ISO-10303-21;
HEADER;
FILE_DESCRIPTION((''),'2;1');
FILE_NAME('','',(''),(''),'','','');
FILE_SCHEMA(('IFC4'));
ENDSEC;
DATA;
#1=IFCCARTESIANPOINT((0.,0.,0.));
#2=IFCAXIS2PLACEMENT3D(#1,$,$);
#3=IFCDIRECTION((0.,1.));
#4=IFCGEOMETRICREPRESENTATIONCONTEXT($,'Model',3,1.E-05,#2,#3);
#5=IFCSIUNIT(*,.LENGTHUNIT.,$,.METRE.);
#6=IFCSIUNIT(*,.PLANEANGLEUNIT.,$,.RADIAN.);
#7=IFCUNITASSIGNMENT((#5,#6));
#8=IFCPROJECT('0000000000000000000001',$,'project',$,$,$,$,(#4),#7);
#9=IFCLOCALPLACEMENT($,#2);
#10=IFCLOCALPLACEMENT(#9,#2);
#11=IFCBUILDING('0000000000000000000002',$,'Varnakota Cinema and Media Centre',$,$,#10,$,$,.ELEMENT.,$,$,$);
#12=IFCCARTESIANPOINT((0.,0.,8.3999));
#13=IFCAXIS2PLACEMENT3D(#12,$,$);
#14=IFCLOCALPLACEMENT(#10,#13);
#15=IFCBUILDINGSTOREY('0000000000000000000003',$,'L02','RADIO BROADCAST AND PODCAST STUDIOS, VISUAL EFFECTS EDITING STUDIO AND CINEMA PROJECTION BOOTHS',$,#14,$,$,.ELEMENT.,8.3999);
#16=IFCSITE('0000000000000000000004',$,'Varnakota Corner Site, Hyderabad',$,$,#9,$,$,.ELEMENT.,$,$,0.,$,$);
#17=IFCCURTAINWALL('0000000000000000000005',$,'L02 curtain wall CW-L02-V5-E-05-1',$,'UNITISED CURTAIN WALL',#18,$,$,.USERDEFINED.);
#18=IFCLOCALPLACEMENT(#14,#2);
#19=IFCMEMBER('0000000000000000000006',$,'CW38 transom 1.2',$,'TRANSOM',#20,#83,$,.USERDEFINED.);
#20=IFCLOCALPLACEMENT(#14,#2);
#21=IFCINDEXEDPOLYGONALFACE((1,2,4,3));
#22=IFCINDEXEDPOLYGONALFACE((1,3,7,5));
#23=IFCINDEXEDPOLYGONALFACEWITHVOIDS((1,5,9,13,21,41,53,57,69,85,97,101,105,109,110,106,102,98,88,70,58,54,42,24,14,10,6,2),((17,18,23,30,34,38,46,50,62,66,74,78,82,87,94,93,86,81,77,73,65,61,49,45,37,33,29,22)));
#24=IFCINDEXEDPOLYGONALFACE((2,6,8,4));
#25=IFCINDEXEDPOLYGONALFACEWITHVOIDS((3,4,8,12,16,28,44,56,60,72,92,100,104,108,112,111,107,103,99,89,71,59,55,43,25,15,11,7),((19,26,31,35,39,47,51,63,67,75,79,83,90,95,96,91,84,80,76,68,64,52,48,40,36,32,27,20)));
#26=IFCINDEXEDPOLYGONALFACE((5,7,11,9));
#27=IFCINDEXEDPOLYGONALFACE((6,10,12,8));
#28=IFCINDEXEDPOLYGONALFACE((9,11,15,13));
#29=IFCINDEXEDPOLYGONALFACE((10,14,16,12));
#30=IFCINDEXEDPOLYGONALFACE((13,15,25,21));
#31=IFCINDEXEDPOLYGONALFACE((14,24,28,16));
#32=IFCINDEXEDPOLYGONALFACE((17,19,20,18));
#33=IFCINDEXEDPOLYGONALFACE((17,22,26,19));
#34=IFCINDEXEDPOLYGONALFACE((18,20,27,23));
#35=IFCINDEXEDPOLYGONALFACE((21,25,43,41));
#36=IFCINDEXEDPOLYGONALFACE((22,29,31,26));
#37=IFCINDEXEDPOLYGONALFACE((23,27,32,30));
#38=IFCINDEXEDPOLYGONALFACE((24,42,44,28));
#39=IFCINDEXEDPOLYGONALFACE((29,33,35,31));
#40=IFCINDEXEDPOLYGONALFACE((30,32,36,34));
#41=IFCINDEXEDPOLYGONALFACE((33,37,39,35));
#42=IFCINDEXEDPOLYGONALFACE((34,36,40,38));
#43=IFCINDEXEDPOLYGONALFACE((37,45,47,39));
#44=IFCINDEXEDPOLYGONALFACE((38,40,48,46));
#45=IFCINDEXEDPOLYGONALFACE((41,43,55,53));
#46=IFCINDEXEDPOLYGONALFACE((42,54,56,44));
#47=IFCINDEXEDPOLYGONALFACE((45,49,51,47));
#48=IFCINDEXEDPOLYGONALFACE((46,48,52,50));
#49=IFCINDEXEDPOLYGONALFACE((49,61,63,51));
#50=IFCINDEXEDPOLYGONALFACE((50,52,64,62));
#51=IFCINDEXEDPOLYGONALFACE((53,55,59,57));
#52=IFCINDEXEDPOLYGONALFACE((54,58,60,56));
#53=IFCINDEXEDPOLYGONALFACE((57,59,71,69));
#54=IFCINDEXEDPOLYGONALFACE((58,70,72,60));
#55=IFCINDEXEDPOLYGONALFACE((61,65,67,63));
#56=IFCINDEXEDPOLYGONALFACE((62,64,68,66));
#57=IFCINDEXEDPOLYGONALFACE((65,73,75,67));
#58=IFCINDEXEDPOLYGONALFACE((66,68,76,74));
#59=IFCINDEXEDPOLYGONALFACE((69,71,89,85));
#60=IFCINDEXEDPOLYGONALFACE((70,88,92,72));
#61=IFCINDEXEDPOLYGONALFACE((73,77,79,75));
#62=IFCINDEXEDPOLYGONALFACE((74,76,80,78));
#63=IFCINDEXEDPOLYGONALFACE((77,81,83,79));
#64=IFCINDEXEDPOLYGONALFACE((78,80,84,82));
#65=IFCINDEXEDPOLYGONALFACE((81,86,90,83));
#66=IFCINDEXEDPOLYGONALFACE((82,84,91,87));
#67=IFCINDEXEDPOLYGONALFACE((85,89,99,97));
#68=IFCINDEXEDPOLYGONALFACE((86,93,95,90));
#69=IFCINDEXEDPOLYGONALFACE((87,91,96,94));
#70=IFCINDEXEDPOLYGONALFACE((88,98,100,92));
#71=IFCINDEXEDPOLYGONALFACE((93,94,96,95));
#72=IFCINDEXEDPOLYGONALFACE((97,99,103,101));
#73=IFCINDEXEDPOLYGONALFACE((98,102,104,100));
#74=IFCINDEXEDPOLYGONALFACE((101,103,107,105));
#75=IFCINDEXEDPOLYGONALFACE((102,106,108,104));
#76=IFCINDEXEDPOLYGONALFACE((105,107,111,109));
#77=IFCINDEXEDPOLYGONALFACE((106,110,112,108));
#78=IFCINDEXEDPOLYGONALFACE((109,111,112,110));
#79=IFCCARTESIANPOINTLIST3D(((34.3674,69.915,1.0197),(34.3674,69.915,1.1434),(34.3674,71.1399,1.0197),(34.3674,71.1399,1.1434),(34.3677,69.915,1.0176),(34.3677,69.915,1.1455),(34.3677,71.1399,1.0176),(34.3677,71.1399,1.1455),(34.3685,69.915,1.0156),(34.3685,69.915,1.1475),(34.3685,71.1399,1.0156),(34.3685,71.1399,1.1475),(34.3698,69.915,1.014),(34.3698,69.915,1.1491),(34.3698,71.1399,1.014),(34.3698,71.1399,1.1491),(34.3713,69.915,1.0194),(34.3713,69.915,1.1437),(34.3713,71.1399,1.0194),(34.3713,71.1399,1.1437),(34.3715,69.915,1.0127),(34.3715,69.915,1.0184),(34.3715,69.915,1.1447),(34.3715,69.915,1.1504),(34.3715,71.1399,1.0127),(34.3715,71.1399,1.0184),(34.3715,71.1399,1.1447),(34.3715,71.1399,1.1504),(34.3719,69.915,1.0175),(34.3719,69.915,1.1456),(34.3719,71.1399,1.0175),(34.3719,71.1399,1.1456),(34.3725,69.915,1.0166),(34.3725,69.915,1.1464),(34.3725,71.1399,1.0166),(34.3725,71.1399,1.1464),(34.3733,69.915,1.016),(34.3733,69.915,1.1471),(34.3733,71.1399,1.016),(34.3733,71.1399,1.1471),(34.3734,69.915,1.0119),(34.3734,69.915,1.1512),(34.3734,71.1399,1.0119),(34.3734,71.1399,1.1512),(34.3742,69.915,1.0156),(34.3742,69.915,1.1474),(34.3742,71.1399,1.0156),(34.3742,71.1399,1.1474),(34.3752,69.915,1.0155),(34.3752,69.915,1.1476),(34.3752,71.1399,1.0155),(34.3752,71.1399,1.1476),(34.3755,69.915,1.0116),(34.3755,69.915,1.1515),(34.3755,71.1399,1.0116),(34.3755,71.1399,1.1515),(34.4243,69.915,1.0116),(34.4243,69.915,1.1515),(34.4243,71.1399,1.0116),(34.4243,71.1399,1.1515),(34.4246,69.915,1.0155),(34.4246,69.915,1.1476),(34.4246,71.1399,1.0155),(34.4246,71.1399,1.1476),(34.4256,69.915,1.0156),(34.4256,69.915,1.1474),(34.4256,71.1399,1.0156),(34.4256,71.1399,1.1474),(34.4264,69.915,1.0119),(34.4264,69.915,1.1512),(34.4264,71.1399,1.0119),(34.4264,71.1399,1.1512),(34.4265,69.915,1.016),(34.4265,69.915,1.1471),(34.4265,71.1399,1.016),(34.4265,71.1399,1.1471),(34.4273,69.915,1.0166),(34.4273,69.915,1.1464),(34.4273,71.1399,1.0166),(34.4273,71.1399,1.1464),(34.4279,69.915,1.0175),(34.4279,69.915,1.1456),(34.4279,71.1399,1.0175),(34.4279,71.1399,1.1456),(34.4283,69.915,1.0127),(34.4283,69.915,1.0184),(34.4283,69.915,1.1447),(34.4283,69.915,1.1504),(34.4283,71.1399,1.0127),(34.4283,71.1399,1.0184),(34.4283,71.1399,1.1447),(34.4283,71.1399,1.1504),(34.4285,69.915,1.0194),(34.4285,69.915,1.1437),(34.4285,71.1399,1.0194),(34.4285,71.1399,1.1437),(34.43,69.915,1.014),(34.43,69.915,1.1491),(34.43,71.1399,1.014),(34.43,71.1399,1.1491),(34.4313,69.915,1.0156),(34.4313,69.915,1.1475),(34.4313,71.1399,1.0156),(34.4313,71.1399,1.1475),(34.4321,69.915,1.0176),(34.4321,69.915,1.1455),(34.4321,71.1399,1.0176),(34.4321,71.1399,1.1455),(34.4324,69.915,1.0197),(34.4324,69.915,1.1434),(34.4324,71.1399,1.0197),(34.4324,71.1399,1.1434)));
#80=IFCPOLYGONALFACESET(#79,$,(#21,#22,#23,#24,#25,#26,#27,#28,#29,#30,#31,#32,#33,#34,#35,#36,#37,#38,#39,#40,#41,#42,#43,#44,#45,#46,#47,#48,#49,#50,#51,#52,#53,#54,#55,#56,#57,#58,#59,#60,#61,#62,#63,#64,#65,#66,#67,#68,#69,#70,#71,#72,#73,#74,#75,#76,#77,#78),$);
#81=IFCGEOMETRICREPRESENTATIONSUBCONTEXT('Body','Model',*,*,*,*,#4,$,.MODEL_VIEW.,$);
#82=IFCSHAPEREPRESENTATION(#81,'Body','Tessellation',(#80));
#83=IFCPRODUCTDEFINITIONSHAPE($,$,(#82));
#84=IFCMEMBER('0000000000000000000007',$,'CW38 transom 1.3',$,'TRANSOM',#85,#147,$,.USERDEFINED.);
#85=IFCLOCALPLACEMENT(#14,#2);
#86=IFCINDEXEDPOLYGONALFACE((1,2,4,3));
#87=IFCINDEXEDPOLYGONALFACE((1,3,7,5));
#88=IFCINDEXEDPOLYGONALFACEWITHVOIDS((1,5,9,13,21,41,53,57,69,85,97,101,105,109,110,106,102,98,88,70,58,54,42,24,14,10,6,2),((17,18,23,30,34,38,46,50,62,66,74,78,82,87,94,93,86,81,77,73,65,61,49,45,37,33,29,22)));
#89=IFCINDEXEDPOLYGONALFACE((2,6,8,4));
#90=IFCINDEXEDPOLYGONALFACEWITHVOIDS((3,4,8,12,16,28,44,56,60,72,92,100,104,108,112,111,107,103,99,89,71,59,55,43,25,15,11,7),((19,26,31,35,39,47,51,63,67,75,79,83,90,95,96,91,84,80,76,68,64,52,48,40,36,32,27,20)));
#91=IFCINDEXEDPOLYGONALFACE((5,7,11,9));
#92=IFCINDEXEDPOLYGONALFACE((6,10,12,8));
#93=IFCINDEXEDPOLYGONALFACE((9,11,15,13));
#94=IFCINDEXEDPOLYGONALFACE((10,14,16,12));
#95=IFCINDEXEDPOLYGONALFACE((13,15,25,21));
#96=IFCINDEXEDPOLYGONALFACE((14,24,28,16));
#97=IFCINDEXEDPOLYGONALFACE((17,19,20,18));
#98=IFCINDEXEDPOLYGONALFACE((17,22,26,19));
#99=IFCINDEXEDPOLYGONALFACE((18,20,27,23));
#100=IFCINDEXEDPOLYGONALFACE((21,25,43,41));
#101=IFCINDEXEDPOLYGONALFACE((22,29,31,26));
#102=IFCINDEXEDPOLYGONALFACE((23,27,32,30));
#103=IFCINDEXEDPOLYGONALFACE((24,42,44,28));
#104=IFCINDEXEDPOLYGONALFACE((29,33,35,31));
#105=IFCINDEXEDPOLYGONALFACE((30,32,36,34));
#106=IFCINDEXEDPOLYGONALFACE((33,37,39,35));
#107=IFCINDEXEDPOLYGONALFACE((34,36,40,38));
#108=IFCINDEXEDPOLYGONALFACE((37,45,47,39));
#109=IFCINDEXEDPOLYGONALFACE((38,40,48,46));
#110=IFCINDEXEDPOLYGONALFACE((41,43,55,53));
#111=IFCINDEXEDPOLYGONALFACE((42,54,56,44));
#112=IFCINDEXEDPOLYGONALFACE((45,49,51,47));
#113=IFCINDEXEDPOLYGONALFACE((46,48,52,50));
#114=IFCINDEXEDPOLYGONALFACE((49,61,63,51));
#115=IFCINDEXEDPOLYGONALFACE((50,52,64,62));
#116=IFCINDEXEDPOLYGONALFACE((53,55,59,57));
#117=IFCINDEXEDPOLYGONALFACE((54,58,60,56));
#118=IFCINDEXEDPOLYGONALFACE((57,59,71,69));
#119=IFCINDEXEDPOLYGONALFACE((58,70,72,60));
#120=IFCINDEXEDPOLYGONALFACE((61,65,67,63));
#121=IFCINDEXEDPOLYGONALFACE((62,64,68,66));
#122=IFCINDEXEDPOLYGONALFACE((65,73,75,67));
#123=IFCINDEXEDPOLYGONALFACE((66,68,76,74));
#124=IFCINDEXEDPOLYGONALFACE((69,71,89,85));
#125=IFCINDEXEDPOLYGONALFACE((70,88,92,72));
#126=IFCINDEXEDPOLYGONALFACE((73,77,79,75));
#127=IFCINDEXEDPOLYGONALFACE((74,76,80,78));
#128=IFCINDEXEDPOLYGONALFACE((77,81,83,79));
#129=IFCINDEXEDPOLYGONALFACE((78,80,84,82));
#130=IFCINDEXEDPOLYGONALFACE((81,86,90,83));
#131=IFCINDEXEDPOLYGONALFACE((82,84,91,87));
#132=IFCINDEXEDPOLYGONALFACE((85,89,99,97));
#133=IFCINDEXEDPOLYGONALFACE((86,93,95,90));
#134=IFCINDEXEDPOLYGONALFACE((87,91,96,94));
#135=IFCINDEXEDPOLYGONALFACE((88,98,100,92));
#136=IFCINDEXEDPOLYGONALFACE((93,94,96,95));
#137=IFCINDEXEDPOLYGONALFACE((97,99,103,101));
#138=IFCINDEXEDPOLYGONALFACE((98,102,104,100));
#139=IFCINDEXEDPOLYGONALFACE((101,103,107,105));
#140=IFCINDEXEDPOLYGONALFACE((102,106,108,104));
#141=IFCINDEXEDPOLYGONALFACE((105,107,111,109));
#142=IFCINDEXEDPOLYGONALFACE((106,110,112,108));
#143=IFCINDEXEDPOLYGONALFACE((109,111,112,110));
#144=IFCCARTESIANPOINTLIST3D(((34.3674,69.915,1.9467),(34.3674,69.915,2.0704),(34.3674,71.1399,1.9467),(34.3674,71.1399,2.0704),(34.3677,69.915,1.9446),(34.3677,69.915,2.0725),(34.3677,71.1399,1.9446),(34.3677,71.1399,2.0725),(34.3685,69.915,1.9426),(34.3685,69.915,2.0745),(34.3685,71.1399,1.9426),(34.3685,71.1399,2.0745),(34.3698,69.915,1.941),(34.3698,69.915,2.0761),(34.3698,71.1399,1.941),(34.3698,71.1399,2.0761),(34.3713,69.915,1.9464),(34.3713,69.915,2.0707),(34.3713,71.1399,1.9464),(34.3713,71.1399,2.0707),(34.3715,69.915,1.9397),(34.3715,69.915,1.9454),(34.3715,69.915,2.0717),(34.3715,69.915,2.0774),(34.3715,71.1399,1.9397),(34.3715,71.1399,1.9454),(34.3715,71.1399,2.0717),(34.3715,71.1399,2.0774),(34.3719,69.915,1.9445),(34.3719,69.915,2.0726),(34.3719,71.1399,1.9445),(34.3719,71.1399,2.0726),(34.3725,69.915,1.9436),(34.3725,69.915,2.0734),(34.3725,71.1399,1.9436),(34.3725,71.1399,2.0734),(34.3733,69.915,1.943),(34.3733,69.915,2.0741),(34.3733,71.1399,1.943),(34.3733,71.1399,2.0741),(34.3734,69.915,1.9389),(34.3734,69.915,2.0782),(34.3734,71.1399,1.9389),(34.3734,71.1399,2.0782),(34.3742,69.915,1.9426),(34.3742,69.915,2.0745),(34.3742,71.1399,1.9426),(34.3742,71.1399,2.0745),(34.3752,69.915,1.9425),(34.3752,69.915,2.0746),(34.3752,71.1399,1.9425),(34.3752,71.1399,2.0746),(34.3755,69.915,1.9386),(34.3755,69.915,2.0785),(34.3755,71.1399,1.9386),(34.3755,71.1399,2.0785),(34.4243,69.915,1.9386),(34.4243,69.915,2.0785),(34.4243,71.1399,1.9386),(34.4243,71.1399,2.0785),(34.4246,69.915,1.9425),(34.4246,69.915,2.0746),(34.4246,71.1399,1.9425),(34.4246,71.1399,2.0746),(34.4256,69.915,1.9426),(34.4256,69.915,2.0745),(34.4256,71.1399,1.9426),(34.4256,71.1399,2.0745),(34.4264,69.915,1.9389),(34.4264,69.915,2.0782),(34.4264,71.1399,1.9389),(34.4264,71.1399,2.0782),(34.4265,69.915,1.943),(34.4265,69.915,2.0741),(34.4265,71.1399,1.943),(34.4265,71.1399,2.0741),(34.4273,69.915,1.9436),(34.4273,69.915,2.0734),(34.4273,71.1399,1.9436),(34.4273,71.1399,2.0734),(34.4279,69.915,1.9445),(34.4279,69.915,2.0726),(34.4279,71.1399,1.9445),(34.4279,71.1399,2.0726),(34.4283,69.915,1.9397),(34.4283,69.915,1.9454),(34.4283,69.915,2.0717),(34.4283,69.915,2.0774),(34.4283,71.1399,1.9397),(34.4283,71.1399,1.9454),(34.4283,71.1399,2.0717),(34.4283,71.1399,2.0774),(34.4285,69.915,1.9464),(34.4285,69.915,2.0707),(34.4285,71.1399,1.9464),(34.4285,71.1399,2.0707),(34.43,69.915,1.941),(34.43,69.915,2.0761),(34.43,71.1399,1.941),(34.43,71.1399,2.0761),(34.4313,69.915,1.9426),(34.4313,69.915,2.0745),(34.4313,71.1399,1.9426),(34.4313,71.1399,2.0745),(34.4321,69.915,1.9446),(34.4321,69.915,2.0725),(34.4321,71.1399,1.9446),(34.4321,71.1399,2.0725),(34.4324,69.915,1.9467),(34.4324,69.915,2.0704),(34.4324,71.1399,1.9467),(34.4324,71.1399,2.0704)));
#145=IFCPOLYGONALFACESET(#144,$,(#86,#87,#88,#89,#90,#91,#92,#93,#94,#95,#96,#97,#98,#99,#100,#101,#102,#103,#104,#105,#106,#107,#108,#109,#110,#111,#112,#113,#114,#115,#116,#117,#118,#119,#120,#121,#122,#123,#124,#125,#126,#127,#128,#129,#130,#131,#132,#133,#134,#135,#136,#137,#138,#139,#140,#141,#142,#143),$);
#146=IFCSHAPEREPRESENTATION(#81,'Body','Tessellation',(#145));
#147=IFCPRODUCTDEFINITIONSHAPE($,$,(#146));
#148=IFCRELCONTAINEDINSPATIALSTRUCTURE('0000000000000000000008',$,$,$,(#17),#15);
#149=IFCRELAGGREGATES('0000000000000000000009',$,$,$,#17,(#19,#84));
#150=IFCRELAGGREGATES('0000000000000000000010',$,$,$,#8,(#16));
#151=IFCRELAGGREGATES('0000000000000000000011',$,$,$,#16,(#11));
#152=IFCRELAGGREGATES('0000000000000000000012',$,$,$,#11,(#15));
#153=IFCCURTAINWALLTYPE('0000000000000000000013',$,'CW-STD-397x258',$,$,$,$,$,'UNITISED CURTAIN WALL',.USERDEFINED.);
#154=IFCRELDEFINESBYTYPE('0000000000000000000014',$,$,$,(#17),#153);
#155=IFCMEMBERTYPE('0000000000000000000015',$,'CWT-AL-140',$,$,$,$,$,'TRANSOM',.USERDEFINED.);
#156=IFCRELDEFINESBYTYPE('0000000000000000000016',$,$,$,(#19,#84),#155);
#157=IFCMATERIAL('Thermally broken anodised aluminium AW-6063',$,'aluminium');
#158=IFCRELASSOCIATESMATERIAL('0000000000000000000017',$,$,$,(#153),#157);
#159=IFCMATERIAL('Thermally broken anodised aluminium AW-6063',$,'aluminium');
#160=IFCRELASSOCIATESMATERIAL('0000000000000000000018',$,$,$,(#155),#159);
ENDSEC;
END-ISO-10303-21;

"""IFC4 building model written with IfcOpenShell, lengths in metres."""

from ifc_helpers import new_model, si_unit, direction, frame, origin, origin_2d, place, context, subcontext, project, spatial, hollow_rectangle, extrude, material, material_profile, profile_set, type_object, element, aggregate, save


model = new_model("IFC4")

# Units and contexts
model_context = context("Model", 3, precision=1e-05, world=origin(), true_north=direction((0.0, 1.0)))
body_context = subcontext(model_context, "Body", "Model", "MODEL_VIEW")
ifc_project = project(units=[si_unit("LENGTHUNIT", "METRE"), si_unit("PLANEANGLEUNIT", "RADIAN")], contexts=[model_context])

# Site, building, storey
site_placement = place(None, origin())
site = spatial("IfcSite", under=ifc_project, at=site_placement, Name="Varnakota Corner Site, Hyderabad", CompositionType="ELEMENT", RefElevation=0.0)
building_placement = place(site_placement, origin())
building = spatial("IfcBuilding", under=site, at=building_placement, Name="Varnakota Cinema and Media Centre", CompositionType="ELEMENT")
storey_placement = place(building_placement, frame((0.0, 0.0, 8.3999)))
storey = spatial("IfcBuildingStorey", under=building, at=storey_placement, Name="L02", Description="RADIO BROADCAST AND PODCAST STUDIOS, VISUAL EFFECTS EDITING STUDIO AND CINEMA PROJECTION BOOTHS", CompositionType="ELEMENT", Elevation=8.3999)

# Curtain wall, members
ifc_material_1 = material(Name="Thermally broken anodised aluminium AW-6063", Category="aluminium")
curtain_wall_type = type_object("IfcCurtainWallType", Name="CW-STD-397x258", ElementType="UNITISED CURTAIN WALL", PredefinedType="USERDEFINED", material=ifc_material_1)
curtain_wall_placement = place(storey_placement, origin())
curtain_wall = element("IfcCurtainWall", 1, at=curtain_wall_placement, inside=storey, type_object=curtain_wall_type, Name="L02 curtain wall CW-L02-V5-E-05-1", ObjectType="UNITISED CURTAIN WALL", PredefinedType="USERDEFINED")
ifc_material_2 = material(Name="Thermally broken anodised aluminium AW-6063", Category="aluminium")
ifc_material_profile_1 = material_profile(ifc_material_2, hollow_rectangle(XDim=0.0649, YDim=0.1399, WallThickness=0.0039, InnerFilletRadius=0.0039, OuterFilletRadius=0.0081, at=origin_2d()), Name="AL-TRANSOM 140x65x4")
ifc_profile_set_1 = profile_set([ifc_material_profile_1], Name="Thermally broken anodised aluminium AW-6063")
member_type_1 = type_object("IfcMemberType", Name="CWT-AL-140", ElementType="TRANSOM", PredefinedType="USERDEFINED", material=ifc_profile_set_1)
member_1_placement = place(storey_placement, frame((34.3999, 69.915, 1.0815), z_axis=(0.0, 1.0, 0.0), x_axis=(-1.0, 0.0, 0.0)))
member_1 = element("IfcMember", 2, at=member_1_placement, type_object=member_type_1, Name="CW38 transom 1.2", ObjectType="TRANSOM", PredefinedType="USERDEFINED", context=body_context, shape_type="SweptSolid", body=[
    extrude(hollow_rectangle(XDim=0.0649, YDim=0.1399, WallThickness=0.0039, InnerFilletRadius=0.0039, OuterFilletRadius=0.0081, at=origin_2d()), origin(), (0.0, 0.0, 1.0), 1.2249),
])
member_2_placement = place(storey_placement, frame((34.3999, 69.915, 2.0085), z_axis=(0.0, 1.0, 0.0), x_axis=(-1.0, 0.0, 0.0)))
member_2 = element("IfcMember", 3, at=member_2_placement, type_object=member_type_1, Name="CW38 transom 1.3", ObjectType="TRANSOM", PredefinedType="USERDEFINED", context=body_context, shape_type="SweptSolid", body=[
    extrude(hollow_rectangle(XDim=0.0649, YDim=0.1399, WallThickness=0.0039, InnerFilletRadius=0.0039, OuterFilletRadius=0.0081, at=origin_2d()), origin(), (0.0, 0.0, 1.0), 1.2249),
])
aggregate(curtain_wall, [member_1, member_2])

save(model, "model.ifc")
